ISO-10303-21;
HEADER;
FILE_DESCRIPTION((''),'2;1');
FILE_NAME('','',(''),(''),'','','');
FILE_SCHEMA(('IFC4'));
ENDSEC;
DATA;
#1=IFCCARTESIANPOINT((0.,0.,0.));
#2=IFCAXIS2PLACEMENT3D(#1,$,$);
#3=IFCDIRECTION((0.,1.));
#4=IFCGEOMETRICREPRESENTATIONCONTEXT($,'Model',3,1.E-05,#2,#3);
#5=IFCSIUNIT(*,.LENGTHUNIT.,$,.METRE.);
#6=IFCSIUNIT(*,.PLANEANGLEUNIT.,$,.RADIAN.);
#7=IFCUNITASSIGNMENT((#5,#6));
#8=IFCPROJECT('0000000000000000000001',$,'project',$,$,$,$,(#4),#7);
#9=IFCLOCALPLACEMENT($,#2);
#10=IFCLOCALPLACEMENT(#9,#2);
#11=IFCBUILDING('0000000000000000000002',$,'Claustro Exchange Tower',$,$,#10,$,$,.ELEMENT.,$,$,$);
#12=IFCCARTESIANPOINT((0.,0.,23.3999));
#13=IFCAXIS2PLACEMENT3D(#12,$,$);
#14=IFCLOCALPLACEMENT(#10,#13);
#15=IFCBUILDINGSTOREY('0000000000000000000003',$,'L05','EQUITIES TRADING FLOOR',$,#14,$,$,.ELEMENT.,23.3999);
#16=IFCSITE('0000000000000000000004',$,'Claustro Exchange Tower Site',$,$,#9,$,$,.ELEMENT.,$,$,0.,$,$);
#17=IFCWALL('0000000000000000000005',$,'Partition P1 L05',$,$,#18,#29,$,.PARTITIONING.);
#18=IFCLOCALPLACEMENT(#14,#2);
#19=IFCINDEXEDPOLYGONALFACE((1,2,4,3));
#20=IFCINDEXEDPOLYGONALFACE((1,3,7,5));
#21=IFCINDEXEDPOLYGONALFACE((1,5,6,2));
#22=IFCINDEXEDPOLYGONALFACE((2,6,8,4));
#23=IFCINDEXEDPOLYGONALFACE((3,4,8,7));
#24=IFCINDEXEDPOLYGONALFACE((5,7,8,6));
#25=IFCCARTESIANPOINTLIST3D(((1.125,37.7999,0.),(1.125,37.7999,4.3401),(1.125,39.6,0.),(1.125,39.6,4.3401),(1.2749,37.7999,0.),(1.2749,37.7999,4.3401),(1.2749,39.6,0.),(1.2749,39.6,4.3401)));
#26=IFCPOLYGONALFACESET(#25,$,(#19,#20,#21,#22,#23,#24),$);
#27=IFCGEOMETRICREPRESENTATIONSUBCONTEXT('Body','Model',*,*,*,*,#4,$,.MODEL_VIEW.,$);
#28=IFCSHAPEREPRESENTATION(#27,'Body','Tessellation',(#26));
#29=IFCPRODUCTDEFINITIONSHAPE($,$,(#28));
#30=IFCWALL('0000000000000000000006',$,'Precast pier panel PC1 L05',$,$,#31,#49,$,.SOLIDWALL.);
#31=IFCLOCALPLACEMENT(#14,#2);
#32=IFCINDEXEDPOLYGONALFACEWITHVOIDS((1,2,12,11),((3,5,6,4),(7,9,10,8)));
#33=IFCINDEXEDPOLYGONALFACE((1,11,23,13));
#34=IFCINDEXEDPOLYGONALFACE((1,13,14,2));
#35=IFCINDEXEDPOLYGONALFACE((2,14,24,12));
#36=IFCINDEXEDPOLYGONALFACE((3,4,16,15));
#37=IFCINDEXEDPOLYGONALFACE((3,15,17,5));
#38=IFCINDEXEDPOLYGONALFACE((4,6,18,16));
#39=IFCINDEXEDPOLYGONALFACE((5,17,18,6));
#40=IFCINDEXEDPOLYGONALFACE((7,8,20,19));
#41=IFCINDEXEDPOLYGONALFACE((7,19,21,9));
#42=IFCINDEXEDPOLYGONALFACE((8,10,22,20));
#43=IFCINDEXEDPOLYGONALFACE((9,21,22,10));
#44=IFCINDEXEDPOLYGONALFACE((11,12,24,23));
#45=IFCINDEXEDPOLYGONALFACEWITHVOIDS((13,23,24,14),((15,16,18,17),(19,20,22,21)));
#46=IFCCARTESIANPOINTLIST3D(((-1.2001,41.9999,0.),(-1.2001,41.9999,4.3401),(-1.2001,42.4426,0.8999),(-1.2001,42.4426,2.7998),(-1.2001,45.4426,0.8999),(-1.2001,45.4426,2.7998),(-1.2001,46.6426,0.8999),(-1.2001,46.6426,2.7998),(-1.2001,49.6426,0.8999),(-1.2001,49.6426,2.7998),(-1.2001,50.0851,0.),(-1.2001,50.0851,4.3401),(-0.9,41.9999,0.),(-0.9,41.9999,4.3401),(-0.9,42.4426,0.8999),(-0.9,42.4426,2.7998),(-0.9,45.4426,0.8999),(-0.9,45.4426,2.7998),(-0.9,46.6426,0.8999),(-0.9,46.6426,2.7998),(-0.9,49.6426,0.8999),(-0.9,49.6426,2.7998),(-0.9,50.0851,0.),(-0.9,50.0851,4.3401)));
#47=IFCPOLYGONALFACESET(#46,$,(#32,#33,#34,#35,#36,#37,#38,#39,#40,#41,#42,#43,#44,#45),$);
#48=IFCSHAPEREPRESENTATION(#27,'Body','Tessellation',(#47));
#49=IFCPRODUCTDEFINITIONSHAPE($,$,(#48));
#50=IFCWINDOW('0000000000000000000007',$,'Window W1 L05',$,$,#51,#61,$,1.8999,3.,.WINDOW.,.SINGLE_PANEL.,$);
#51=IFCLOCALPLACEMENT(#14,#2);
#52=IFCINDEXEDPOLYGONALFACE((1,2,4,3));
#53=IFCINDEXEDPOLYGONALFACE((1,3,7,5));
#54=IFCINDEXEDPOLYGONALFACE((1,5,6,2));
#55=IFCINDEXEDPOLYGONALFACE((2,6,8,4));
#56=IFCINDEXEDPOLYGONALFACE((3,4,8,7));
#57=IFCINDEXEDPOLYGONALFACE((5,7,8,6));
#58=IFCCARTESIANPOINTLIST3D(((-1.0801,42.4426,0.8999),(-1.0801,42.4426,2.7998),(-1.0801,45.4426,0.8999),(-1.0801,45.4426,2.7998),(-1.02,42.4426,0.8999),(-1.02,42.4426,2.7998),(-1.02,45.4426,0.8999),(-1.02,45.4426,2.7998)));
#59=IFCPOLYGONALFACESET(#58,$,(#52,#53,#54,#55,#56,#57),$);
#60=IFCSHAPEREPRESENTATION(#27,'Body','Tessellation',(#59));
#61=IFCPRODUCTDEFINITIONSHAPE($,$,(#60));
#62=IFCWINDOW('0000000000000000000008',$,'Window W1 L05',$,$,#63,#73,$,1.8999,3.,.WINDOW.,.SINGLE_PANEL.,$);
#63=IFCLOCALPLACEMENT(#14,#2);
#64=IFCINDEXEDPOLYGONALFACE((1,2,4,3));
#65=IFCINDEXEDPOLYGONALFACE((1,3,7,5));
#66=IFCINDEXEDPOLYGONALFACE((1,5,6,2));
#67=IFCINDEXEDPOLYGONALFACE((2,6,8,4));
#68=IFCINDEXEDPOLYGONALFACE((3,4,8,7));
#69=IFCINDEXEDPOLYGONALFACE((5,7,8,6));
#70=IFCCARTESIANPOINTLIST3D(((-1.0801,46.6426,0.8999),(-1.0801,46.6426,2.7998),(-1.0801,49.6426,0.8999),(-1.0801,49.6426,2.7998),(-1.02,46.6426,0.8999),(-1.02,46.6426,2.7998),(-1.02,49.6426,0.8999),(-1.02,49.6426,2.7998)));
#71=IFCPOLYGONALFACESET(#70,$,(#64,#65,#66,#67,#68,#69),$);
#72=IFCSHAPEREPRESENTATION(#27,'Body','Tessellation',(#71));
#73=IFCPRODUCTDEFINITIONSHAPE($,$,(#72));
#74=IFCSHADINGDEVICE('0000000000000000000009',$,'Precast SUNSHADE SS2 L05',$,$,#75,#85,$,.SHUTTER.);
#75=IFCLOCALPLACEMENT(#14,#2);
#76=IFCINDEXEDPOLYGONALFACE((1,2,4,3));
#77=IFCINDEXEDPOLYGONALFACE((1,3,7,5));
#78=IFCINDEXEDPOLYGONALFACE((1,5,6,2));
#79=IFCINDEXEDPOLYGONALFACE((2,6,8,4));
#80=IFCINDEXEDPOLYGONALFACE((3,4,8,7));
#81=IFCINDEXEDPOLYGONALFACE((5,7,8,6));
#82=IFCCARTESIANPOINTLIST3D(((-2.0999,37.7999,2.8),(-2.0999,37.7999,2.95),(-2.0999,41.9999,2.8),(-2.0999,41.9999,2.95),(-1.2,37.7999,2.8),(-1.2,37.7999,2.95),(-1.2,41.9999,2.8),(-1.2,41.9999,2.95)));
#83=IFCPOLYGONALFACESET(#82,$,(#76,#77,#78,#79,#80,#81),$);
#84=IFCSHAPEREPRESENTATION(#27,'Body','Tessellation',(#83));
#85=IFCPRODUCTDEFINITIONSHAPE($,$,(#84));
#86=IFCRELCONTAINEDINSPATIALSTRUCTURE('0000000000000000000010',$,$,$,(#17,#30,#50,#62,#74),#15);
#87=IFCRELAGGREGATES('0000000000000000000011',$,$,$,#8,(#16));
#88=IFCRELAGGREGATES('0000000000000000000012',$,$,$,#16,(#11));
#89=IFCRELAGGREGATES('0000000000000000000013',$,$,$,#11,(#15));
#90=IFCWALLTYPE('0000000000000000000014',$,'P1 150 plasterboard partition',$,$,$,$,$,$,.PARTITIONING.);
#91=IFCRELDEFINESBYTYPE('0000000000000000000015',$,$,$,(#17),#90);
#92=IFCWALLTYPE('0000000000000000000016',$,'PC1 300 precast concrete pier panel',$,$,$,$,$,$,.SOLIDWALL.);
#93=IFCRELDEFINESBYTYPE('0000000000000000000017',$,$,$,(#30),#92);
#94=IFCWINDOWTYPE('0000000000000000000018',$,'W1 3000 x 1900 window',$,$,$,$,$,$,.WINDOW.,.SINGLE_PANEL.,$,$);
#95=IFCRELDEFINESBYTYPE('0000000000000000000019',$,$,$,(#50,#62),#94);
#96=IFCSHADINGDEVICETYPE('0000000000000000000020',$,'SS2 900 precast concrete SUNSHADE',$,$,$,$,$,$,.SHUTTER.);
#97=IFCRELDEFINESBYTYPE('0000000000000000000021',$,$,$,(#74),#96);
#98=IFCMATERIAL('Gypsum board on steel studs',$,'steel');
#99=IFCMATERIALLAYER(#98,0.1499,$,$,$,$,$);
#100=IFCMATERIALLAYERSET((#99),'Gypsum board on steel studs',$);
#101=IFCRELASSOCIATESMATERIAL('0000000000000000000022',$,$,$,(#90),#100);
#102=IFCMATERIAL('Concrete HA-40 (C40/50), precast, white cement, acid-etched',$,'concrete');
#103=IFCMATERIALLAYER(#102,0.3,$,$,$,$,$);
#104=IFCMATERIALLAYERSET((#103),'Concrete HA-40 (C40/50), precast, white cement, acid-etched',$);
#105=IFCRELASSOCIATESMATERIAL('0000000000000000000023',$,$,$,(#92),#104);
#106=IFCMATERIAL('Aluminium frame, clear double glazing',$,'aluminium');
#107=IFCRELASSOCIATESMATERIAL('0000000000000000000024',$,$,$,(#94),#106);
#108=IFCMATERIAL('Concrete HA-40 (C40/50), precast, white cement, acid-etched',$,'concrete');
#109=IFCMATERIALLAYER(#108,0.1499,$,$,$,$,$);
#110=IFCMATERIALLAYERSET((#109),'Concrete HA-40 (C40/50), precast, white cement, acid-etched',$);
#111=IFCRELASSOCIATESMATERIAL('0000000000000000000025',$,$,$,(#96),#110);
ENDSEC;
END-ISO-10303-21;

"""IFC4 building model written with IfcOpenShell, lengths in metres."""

from ifc_helpers import new_model, si_unit, direction, frame, frame_2d, origin, origin_2d, place, context, subcontext, project, spatial, rectangle, extrude, material, layer, layer_set, type_object, element, fill, save


model = new_model("IFC4")

# Units and contexts
model_context = context("Model", 3, precision=1e-05, world=origin(), true_north=direction((0.0, 1.0)))
body_context = subcontext(model_context, "Body", "Model", "MODEL_VIEW")
ifc_project = project(units=[si_unit("LENGTHUNIT", "METRE"), si_unit("PLANEANGLEUNIT", "RADIAN")], contexts=[model_context])

# Site, building, storey
site_placement = place(None, origin())
site = spatial("IfcSite", under=ifc_project, at=site_placement, Name="Claustro Exchange Tower Site", CompositionType="ELEMENT", RefElevation=0.0)
building_placement = place(site_placement, origin())
building = spatial("IfcBuilding", under=site, at=building_placement, Name="Claustro Exchange Tower", CompositionType="ELEMENT")
storey_placement = place(building_placement, frame((0.0, 0.0, 23.3999)))
storey = spatial("IfcBuildingStorey", under=building, at=storey_placement, Name="L05", Description="EQUITIES TRADING FLOOR", CompositionType="ELEMENT", Elevation=23.3999)

# Shared definitions
ifc_material_1 = material(Name="Gypsum board on steel studs", Category="steel")
ifc_layer_1 = layer(ifc_material_1, 0.1499)
ifc_layer_set_1 = layer_set([ifc_layer_1], Name="Gypsum board on steel studs")
wall_type_1 = type_object("IfcWallType", Name="P1 150 plasterboard partition", PredefinedType="PARTITIONING", material=ifc_layer_set_1)

# Wall
wall_1_placement = place(storey_placement, frame((1.2, 37.8, 0.0), z_axis=(0.0, 0.0, 1.0), x_axis=(0.0, 1.0, 0.0)))
element("IfcWall", 1, at=wall_1_placement, inside=storey, type_object=wall_type_1, Name="Partition P1 L05", PredefinedType="PARTITIONING", context=body_context, shape_type="SweptSolid", body=[
    extrude(rectangle(XDim=1.8, YDim=0.1499, at=frame_2d((0.8999, 0.0))), origin(), (0.0, 0.0, 1.0), 4.3401),
])

# Wall, openings, windows
ifc_material_2 = material(Name="Concrete HA-40 (C40/50), precast, white cement, acid-etched", Category="concrete")
ifc_layer_2 = layer(ifc_material_2, 0.3)
ifc_layer_set_2 = layer_set([ifc_layer_2], Name="Concrete HA-40 (C40/50), precast, white cement, acid-etched")
wall_type_2 = type_object("IfcWallType", Name="PC1 300 precast concrete pier panel", PredefinedType="SOLIDWALL", material=ifc_layer_set_2)
wall_2_placement = place(storey_placement, frame((-1.05, 42.0, 0.0), z_axis=(0.0, 0.0, 1.0), x_axis=(0.0, 1.0, 0.0)))
wall_2 = element("IfcWall", 2, at=wall_2_placement, inside=storey, type_object=wall_type_2, Name="Precast pier panel PC1 L05", PredefinedType="SOLIDWALL", context=body_context, shape_type="SweptSolid", body=[
    extrude(rectangle(XDim=8.0852, YDim=0.3, at=frame_2d((4.0425, 0.0))), origin(), (0.0, 0.0, 1.0), 4.3401),
])
opening_1_placement = place(wall_2_placement, frame((0.4426, 0.0, 0.8999)))
opening_1 = element("IfcOpeningElement", 3, at=opening_1_placement, cuts=wall_2, PredefinedType="OPENING", context=body_context, shape_type="SweptSolid", body=[
    extrude(rectangle(XDim=3.0, YDim=1.8999, at=frame_2d((1.5, 0.95))), frame((0.0, 0.1599, 0.0), z_axis=(0.0, -1.0, 0.0), x_axis=(1.0, 0.0, 0.0)), (0.0, 0.0, 1.0), 0.3201),
])
opening_2_placement = place(wall_2_placement, frame((4.6426, 0.0, 0.8999)))
opening_2 = element("IfcOpeningElement", 4, at=opening_2_placement, cuts=wall_2, PredefinedType="OPENING", context=body_context, shape_type="SweptSolid", body=[
    extrude(rectangle(XDim=3.0, YDim=1.8999, at=frame_2d((1.5, 0.95))), frame((0.0, 0.1599, 0.0), z_axis=(0.0, -1.0, 0.0), x_axis=(1.0, 0.0, 0.0)), (0.0, 0.0, 1.0), 0.3201),
])
ifc_material_3 = material(Name="Aluminium frame, clear double glazing", Category="aluminium")
window_type = type_object("IfcWindowType", Name="W1 3000 x 1900 window", PartitioningType="SINGLE_PANEL", PredefinedType="WINDOW", material=ifc_material_3)
window_1_placement = place(opening_1_placement, origin())
window_1 = element("IfcWindow", 5, at=window_1_placement, inside=storey, type_object=window_type, Name="Window W1 L05", OverallHeight=1.8999, OverallWidth=3.0, PartitioningType="SINGLE_PANEL", PredefinedType="WINDOW", context=body_context, shape_type="SweptSolid", body=[
    extrude(rectangle(XDim=3.0, YDim=1.8999, at=frame_2d((1.5, 0.95))), frame((0.0, 0.03, 0.0), z_axis=(0.0, -1.0, 0.0), x_axis=(1.0, 0.0, 0.0)), (0.0, 0.0, 1.0), 0.0601),
])
fill(opening_1, window_1)
window_2_placement = place(opening_2_placement, origin())
window_2 = element("IfcWindow", 6, at=window_2_placement, inside=storey, type_object=window_type, Name="Window W1 L05", OverallHeight=1.8999, OverallWidth=3.0, PartitioningType="SINGLE_PANEL", PredefinedType="WINDOW", context=body_context, shape_type="SweptSolid", body=[
    extrude(rectangle(XDim=3.0, YDim=1.8999, at=frame_2d((1.5, 0.95))), frame((0.0, 0.03, 0.0), z_axis=(0.0, -1.0, 0.0), x_axis=(1.0, 0.0, 0.0)), (0.0, 0.0, 1.0), 0.0601),
])
fill(opening_2, window_2)

# Shading device
ifc_material_4 = material(Name="Concrete HA-40 (C40/50), precast, white cement, acid-etched", Category="concrete")
ifc_layer_3 = layer(ifc_material_4, 0.1499)
ifc_layer_set_3 = layer_set([ifc_layer_3], Name="Concrete HA-40 (C40/50), precast, white cement, acid-etched")
shading_device_type = type_object("IfcShadingDeviceType", Name="SS2 900 precast concrete SUNSHADE", PredefinedType="SHUTTER", material=ifc_layer_set_3)
shading_device_placement = place(storey_placement, frame((-1.6499, 39.8999, 2.8), z_axis=(0.0, 0.0, 1.0), x_axis=(0.0, 1.0, 0.0)))
element("IfcShadingDevice", 7, at=shading_device_placement, inside=storey, type_object=shading_device_type, Name="Precast SUNSHADE SS2 L05", PredefinedType="SHUTTER", context=body_context, shape_type="SweptSolid", body=[
    extrude(rectangle(XDim=4.2, YDim=0.8999, at=origin_2d()), origin(), (0.0, 0.0, 1.0), 0.1499),
])

save(model, "model.ifc")
